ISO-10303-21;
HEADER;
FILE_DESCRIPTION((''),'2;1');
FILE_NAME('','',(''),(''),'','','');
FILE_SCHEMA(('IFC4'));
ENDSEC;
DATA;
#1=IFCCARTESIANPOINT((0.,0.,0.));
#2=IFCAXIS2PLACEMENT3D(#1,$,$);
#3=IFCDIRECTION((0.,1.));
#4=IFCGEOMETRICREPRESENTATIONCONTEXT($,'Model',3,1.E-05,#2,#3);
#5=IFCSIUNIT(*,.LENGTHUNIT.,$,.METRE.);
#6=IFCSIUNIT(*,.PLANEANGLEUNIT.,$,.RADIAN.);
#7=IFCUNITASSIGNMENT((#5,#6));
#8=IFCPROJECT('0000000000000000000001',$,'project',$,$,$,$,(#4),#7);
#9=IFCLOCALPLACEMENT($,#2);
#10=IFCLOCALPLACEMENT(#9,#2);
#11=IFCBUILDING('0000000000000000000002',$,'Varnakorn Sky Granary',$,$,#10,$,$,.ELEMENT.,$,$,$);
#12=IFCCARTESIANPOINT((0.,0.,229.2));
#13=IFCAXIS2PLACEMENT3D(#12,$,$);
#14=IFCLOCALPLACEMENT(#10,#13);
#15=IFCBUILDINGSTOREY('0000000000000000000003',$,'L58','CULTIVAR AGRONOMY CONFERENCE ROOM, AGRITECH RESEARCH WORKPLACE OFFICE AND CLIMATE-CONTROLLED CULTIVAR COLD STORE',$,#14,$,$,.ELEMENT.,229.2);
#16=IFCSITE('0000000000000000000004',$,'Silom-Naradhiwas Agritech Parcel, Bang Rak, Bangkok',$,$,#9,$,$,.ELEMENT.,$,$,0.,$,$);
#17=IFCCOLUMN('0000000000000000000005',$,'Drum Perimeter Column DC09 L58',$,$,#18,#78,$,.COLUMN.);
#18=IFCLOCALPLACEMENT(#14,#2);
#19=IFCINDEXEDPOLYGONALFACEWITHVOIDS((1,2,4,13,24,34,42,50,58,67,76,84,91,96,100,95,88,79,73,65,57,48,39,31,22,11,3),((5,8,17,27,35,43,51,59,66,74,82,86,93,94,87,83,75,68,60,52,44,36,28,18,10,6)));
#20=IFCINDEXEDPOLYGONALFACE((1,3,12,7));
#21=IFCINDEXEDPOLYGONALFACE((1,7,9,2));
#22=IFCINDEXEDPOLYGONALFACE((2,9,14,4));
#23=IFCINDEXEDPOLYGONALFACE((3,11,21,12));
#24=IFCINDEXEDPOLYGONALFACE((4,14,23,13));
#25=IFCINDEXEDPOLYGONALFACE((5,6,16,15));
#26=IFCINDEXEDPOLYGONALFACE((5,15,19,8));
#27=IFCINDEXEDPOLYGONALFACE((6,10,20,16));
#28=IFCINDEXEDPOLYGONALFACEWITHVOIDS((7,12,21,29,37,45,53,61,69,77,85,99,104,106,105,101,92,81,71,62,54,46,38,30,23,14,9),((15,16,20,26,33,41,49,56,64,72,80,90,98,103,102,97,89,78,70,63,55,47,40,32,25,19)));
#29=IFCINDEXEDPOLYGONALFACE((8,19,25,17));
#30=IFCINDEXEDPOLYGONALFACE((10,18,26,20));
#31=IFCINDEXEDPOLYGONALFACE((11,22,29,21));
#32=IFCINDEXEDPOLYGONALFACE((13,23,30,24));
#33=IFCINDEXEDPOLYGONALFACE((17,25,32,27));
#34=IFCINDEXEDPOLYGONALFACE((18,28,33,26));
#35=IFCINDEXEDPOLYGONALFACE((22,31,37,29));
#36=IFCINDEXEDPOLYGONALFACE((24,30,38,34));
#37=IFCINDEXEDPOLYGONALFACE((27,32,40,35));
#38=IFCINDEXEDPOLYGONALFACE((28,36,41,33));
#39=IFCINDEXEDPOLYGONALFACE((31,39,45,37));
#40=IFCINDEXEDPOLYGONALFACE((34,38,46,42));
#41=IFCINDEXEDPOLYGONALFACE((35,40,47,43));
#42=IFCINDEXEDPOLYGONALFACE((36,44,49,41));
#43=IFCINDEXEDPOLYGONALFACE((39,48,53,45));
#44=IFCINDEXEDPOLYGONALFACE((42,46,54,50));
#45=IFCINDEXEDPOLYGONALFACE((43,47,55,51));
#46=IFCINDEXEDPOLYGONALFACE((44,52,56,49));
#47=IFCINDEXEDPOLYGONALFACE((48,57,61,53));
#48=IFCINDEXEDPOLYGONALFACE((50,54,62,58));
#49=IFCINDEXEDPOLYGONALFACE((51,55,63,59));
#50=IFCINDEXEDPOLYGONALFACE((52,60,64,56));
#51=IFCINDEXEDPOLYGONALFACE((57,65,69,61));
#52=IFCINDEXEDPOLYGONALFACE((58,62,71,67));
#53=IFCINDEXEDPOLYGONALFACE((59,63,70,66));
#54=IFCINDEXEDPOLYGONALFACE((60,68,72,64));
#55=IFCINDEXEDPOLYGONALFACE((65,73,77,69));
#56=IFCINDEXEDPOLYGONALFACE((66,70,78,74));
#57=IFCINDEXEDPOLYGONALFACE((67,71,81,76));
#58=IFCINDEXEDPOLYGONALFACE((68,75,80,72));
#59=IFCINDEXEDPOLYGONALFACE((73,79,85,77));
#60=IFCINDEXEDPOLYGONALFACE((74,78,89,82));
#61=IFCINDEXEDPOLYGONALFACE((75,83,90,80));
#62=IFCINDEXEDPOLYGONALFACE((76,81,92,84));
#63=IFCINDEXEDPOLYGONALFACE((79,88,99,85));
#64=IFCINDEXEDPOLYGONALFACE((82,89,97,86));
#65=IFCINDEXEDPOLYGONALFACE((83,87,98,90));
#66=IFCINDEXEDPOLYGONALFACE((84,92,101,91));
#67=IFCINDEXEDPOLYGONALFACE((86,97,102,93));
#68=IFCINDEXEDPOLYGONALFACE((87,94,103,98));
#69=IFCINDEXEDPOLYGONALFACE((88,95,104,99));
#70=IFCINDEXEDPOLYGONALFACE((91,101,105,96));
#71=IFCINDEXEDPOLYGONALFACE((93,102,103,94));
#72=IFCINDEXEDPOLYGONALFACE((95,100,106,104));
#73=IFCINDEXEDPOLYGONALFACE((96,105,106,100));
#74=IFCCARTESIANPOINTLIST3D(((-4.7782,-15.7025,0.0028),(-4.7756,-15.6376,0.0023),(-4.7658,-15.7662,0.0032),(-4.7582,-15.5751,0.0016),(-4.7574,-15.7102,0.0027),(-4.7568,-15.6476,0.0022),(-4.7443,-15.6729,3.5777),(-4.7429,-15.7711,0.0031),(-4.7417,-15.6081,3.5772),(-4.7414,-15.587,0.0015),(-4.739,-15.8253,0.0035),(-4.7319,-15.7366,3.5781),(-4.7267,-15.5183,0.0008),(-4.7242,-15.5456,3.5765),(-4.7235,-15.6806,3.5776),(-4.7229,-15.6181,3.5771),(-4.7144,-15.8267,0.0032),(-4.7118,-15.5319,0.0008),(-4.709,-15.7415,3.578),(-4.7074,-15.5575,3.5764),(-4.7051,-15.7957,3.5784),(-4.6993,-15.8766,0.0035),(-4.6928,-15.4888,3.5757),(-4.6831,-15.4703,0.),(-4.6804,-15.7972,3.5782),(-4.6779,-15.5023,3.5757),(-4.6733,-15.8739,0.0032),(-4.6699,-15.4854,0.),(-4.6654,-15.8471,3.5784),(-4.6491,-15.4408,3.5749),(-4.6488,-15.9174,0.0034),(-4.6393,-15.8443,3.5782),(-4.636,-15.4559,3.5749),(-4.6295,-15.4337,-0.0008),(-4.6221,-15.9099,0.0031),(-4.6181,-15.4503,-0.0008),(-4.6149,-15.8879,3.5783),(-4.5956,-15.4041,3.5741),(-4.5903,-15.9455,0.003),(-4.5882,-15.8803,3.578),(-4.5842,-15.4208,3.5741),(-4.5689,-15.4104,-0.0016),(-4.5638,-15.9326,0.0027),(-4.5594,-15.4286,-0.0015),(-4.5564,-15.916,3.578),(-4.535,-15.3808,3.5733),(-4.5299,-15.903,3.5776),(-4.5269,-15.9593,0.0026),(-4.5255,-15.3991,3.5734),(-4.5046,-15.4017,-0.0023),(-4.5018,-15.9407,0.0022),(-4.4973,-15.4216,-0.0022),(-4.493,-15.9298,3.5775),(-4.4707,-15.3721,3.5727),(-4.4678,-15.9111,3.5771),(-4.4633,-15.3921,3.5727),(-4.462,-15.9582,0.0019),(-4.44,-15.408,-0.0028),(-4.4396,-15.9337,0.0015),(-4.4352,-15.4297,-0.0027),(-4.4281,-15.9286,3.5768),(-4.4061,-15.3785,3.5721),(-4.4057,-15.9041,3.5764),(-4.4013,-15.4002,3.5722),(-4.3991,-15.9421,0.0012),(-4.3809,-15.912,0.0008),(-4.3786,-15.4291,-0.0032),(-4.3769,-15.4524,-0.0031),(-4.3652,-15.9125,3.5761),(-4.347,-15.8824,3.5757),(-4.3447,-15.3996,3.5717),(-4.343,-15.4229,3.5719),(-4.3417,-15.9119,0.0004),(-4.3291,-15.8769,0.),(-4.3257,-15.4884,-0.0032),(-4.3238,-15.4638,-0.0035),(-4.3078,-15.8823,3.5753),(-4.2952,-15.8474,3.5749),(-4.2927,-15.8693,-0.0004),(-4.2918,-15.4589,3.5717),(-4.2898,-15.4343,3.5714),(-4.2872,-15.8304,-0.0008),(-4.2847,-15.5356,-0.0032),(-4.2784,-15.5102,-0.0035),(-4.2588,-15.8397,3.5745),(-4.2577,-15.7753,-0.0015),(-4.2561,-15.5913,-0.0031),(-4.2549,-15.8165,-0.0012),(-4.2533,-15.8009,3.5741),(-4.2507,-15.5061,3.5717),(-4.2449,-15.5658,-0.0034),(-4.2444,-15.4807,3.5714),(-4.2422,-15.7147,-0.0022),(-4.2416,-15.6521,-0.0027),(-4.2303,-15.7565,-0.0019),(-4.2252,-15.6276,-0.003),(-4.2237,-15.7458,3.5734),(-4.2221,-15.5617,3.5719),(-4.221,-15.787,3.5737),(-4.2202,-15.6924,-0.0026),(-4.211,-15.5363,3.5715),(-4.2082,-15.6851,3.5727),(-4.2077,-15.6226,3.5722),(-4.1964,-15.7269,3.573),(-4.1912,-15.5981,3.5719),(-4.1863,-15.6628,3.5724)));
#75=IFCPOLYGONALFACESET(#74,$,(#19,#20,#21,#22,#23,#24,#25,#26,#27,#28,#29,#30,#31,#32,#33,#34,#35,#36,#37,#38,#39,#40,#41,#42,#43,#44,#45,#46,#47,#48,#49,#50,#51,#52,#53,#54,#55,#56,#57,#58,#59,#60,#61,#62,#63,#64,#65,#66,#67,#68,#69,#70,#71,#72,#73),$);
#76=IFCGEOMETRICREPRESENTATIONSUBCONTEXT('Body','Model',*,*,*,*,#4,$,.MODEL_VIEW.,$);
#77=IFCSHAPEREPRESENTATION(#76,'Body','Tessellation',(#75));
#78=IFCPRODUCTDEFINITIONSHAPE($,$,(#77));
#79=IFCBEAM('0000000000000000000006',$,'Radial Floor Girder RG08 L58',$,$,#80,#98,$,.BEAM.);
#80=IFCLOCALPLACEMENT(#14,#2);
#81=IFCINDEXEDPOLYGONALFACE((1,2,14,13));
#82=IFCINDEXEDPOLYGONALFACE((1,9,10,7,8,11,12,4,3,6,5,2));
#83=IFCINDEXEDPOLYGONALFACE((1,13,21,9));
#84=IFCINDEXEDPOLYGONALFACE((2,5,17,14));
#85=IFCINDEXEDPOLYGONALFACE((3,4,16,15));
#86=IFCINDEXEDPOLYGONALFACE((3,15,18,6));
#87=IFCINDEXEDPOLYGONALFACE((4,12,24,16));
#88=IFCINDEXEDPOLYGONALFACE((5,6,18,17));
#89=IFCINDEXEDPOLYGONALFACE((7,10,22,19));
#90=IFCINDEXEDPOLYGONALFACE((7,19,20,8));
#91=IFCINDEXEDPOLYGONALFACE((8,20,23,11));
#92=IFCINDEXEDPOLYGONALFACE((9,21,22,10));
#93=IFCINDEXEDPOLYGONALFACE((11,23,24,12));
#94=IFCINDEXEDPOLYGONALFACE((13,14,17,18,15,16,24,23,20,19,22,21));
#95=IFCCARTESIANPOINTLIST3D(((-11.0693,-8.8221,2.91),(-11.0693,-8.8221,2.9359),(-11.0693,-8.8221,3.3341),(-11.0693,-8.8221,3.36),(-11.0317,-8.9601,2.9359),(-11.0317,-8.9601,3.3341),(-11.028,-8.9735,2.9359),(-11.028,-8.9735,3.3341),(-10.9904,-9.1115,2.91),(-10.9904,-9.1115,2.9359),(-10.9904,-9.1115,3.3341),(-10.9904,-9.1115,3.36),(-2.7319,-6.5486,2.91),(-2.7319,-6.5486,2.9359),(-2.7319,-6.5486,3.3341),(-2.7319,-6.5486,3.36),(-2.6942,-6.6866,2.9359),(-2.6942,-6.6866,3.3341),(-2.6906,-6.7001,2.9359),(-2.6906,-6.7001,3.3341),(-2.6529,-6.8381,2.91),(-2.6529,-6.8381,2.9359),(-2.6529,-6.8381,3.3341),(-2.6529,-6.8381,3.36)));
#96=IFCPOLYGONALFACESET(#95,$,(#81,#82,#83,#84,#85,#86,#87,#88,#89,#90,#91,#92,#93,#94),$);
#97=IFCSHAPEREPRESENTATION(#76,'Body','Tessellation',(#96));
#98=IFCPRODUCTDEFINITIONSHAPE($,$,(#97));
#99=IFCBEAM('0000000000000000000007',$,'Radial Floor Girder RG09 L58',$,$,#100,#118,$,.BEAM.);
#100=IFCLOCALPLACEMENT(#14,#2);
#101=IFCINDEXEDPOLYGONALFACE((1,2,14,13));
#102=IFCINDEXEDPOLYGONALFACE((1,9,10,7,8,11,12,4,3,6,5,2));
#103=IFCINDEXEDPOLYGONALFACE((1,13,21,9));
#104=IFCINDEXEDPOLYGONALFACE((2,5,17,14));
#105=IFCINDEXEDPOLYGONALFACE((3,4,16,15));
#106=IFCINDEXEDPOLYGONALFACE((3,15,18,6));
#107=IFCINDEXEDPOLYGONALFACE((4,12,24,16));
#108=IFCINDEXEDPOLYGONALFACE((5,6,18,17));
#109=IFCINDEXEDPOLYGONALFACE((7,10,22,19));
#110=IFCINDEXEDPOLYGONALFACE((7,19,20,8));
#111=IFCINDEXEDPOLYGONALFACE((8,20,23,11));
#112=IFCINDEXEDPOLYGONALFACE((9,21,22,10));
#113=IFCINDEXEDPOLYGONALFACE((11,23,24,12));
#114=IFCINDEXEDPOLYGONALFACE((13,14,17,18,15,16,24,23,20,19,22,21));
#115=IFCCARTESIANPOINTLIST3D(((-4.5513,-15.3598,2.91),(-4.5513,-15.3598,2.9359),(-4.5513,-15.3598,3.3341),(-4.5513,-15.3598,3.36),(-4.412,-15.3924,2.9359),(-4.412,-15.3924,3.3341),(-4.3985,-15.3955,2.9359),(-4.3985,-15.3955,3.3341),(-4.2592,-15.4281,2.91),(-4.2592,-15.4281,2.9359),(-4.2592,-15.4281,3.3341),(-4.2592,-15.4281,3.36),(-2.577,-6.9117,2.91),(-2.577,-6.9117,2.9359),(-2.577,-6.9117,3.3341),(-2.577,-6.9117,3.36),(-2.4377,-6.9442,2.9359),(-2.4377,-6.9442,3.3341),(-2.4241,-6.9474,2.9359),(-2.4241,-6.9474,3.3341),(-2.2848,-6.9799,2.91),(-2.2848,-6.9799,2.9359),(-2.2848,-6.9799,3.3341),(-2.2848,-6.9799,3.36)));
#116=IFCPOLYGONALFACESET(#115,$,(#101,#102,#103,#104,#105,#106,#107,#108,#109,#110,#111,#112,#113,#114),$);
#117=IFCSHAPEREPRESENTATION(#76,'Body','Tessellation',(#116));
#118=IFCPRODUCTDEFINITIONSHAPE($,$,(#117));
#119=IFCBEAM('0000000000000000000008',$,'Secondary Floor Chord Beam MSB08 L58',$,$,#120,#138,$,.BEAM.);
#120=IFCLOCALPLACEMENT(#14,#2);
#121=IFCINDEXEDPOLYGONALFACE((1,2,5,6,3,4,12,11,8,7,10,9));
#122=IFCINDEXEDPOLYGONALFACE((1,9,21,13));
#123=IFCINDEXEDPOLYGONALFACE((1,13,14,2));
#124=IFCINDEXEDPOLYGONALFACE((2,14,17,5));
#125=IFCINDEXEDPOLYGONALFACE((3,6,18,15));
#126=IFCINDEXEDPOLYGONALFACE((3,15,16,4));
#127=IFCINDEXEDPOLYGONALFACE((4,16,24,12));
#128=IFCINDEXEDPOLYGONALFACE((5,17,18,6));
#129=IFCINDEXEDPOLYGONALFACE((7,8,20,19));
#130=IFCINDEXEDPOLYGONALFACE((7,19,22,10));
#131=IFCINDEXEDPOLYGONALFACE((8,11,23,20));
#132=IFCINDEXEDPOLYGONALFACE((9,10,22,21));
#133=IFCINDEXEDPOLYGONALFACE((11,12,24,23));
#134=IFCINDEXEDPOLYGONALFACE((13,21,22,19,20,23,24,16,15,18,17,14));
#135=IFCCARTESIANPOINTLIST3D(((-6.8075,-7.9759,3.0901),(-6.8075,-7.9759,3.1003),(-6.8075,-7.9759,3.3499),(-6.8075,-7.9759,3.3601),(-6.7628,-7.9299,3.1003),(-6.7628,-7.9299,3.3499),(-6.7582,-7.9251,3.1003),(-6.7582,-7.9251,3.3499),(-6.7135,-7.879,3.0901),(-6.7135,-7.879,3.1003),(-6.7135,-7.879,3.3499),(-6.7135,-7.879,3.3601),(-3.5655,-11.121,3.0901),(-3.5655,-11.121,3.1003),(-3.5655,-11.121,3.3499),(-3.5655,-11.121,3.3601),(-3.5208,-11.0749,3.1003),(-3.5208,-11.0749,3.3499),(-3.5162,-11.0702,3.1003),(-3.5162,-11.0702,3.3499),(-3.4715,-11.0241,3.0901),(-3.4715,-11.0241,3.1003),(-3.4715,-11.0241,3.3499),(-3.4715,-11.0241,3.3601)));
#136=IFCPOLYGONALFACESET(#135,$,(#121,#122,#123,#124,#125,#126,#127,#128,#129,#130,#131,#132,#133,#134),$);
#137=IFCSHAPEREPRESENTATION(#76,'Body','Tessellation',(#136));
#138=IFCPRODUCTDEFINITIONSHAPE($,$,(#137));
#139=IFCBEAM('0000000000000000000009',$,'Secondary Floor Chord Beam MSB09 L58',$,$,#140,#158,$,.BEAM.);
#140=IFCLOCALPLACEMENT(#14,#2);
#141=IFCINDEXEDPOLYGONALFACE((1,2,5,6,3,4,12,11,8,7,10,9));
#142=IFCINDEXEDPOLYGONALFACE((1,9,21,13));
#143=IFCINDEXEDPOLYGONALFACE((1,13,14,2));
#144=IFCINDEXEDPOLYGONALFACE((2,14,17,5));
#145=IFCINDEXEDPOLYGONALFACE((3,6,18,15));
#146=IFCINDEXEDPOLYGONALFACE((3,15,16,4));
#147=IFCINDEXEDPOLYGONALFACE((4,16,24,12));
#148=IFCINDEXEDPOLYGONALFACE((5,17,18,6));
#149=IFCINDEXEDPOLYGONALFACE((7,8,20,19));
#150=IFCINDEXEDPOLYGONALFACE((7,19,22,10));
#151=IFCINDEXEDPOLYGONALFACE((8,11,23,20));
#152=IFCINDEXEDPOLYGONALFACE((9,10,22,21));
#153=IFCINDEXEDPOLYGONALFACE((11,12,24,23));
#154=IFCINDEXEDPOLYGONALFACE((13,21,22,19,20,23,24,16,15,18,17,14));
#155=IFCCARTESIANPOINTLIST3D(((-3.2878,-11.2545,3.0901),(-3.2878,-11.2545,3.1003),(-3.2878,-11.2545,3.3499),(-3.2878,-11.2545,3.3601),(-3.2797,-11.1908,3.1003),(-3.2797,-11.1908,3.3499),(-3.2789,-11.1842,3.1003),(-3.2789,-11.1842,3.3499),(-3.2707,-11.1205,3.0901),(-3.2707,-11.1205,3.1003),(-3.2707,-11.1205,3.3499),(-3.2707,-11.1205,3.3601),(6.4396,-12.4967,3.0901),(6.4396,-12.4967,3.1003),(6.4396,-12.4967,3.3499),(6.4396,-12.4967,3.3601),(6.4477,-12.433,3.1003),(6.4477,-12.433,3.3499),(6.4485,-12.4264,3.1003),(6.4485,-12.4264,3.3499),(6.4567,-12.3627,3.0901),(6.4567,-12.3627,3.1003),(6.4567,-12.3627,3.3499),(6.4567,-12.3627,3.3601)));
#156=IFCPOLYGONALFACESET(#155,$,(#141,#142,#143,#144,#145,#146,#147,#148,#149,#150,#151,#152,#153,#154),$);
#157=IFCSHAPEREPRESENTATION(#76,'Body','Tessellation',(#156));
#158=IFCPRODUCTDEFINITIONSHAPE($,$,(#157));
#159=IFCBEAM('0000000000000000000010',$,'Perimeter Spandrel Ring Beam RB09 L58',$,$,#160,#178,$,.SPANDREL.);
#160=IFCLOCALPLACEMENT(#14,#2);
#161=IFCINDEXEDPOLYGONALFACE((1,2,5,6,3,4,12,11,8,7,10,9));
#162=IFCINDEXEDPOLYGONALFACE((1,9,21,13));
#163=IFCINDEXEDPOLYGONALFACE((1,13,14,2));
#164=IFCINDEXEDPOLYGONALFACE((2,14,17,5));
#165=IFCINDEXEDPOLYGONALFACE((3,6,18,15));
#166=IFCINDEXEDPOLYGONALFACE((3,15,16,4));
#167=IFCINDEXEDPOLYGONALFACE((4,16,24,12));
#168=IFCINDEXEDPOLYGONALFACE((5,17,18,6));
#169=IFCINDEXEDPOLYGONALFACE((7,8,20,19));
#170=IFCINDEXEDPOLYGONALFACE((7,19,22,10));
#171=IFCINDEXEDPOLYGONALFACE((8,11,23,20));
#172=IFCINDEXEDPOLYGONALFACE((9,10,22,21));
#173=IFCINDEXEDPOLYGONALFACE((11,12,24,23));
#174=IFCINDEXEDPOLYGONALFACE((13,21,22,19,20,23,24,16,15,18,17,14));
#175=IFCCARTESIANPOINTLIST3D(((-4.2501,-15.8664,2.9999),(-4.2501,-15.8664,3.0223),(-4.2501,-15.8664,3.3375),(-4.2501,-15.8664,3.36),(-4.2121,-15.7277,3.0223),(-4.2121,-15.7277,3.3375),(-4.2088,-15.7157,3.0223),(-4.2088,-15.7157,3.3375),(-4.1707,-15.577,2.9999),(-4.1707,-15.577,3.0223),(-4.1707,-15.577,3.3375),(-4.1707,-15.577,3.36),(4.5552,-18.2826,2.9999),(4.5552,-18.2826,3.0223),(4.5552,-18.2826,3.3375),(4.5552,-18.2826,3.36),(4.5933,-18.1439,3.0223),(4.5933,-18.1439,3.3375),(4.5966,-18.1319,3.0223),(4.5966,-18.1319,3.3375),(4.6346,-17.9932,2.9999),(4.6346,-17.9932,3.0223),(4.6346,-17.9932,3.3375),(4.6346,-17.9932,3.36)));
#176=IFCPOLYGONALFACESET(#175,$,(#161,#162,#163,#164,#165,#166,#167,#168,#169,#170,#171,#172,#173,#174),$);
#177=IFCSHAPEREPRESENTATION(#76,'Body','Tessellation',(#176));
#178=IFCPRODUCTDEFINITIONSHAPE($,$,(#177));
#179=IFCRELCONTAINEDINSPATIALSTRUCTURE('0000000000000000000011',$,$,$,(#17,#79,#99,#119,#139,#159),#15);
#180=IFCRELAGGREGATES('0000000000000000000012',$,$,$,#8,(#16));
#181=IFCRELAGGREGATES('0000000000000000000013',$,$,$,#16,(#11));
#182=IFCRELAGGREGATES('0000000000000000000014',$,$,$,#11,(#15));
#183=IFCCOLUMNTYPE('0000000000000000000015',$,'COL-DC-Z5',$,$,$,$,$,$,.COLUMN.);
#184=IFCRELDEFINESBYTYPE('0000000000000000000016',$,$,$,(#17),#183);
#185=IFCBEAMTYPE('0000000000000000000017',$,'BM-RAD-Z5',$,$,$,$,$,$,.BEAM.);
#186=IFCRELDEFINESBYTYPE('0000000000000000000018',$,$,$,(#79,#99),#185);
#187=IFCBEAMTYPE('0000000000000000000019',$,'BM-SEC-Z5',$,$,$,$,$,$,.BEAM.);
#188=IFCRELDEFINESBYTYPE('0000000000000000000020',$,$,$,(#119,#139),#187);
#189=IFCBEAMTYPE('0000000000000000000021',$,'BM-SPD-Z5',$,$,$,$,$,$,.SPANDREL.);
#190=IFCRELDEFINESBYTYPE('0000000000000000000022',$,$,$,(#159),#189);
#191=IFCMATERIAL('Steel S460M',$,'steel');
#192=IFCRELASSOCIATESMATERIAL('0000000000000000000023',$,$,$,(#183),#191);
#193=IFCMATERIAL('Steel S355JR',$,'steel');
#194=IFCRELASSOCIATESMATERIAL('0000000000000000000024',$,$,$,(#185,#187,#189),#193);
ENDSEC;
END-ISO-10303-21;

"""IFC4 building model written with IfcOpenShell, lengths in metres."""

from ifc_helpers import new_model, si_unit, direction, frame, origin, origin_2d, place, context, subcontext, project, spatial, hollow_circle, i_section, extrude, material, material_profile, profile_set, type_object, element, save


model = new_model("IFC4")

# Units and contexts
model_context = context("Model", 3, precision=1e-05, world=origin(), true_north=direction((0.0, 1.0)))
body_context = subcontext(model_context, "Body", "Model", "MODEL_VIEW")
ifc_project = project(units=[si_unit("LENGTHUNIT", "METRE"), si_unit("PLANEANGLEUNIT", "RADIAN")], contexts=[model_context])

# Site, building, storey
site_placement = place(None, origin())
site = spatial("IfcSite", under=ifc_project, at=site_placement, Name="Silom-Naradhiwas Agritech Parcel, Bang Rak, Bangkok", CompositionType="ELEMENT", RefElevation=0.0)
building_placement = place(site_placement, origin())
building = spatial("IfcBuilding", under=site, at=building_placement, Name="Varnakorn Sky Granary", CompositionType="ELEMENT")
storey_placement = place(building_placement, frame((0.0, 0.0, 229.2)))
storey = spatial("IfcBuildingStorey", under=building, at=storey_placement, Name="L58", Description="CULTIVAR AGRONOMY CONFERENCE ROOM, AGRITECH RESEARCH WORKPLACE OFFICE AND CLIMATE-CONTROLLED CULTIVAR COLD STORE", CompositionType="ELEMENT", Elevation=229.2)

# Column
ifc_material_1 = material(Name="Steel S460M", Category="steel")
ifc_material_profile_1 = material_profile(ifc_material_1, hollow_circle(Radius=0.2795, WallThickness=0.02, at=origin_2d()), Name="CHS 559x20")
ifc_profile_set_1 = profile_set([ifc_material_profile_1], Name="Steel S460M")
column_type = type_object("IfcColumnType", Name="COL-DC-Z5", PredefinedType="COLUMN", material=ifc_profile_set_1)
column_placement = place(storey_placement, frame((-4.4995, -15.6812, 0.0), z_axis=(0.009492, 0.008263, 0.999921), x_axis=(-0.656582, 0.754255, 0.0)))
element("IfcColumn", 1, at=column_placement, inside=storey, type_object=column_type, Name="Drum Perimeter Column DC09 L58", PredefinedType="COLUMN", context=body_context, shape_type="SweptSolid", body=[
    extrude(hollow_circle(Radius=0.2795, WallThickness=0.02, at=origin_2d()), origin(), (0.0, 0.0, 1.0), 3.5752),
])

# Beams
ifc_material_2 = material(Name="Steel S355JR", Category="steel")
ifc_material_profile_2 = material_profile(ifc_material_2, i_section(OverallWidth=0.3, OverallDepth=0.45, WebThickness=0.0139, FlangeThickness=0.0259, at=origin_2d()), Name="HE 450 B")
ifc_profile_set_2 = profile_set([ifc_material_profile_2], Name="Steel S355JR")
beam_type_1 = type_object("IfcBeamType", Name="BM-RAD-Z5", PredefinedType="BEAM", material=ifc_profile_set_2)
beam_1_placement = place(storey_placement, frame((-2.6924, -6.6934, 3.135), z_axis=(-0.964776, -0.263074, 0.0), x_axis=(0.263074, -0.964776, 0.0)))
element("IfcBeam", 2, at=beam_1_placement, inside=storey, type_object=beam_type_1, Name="Radial Floor Girder RG08 L58", PredefinedType="BEAM", context=body_context, shape_type="SweptSolid", body=[
    extrude(i_section(OverallWidth=0.3, OverallDepth=0.45, WebThickness=0.0139, FlangeThickness=0.0259, at=origin_2d()), origin(), (0.0, 0.0, 1.0), 8.6418),
])
beam_2_placement = place(storey_placement, frame((-2.4309, -6.9458, 3.135), z_axis=(-0.227569, -0.973762, 0.0), x_axis=(0.973762, -0.227569, 0.0)))
element("IfcBeam", 3, at=beam_2_placement, inside=storey, type_object=beam_type_1, Name="Radial Floor Girder RG09 L58", PredefinedType="BEAM", context=body_context, shape_type="SweptSolid", body=[
    extrude(i_section(OverallWidth=0.3, OverallDepth=0.45, WebThickness=0.0139, FlangeThickness=0.0259, at=origin_2d()), origin(), (0.0, 0.0, 1.0), 8.6758),
])
ifc_material_profile_3 = material_profile(ifc_material_2, i_section(OverallWidth=0.135, OverallDepth=0.27, WebThickness=0.0066, FlangeThickness=0.0103, at=origin_2d()), Name="IPE 270")
ifc_profile_set_3 = profile_set([ifc_material_profile_3], Name="Steel S355JR")
beam_type_2 = type_object("IfcBeamType", Name="BM-SEC-Z5", PredefinedType="BEAM", material=ifc_profile_set_3)
beam_3_placement = place(storey_placement, frame((-6.7605, -7.9275, 3.2251), z_axis=(0.717755, -0.696296, 0.0), x_axis=(0.696296, 0.717755, 0.0)))
element("IfcBeam", 4, at=beam_3_placement, inside=storey, type_object=beam_type_2, Name="Secondary Floor Chord Beam MSB08 L58", PredefinedType="BEAM", context=body_context, shape_type="SweptSolid", body=[
    extrude(i_section(OverallWidth=0.135, OverallDepth=0.27, WebThickness=0.0066, FlangeThickness=0.0103, at=origin_2d()), origin(), (0.0, 0.0, 1.0), 4.5168),
])
beam_4_placement = place(storey_placement, frame((-3.2793, -11.1875, 3.2251), z_axis=(0.991945, -0.126673, 0.0), x_axis=(0.126673, 0.991945, 0.0)))
element("IfcBeam", 5, at=beam_4_placement, inside=storey, type_object=beam_type_2, Name="Secondary Floor Chord Beam MSB09 L58", PredefinedType="BEAM", context=body_context, shape_type="SweptSolid", body=[
    extrude(i_section(OverallWidth=0.135, OverallDepth=0.27, WebThickness=0.0066, FlangeThickness=0.0103, at=origin_2d()), origin(), (0.0, 0.0, 1.0), 9.8064),
])
ifc_material_profile_4 = material_profile(ifc_material_2, i_section(OverallWidth=0.3, OverallDepth=0.3601, WebThickness=0.0125, FlangeThickness=0.0225, at=origin_2d()), Name="HE 360 B")
ifc_profile_set_4 = profile_set([ifc_material_profile_4], Name="Steel S355JR")
beam_type_3 = type_object("IfcBeamType", Name="BM-SPD-Z5", PredefinedType="SPANDREL", material=ifc_profile_set_4)
beam_5_placement = place(storey_placement, frame((-4.2104, -15.7217, 3.1799), z_axis=(0.964352, -0.264624, 0.0), x_axis=(0.264624, 0.964352, 0.0)))
element("IfcBeam", 6, at=beam_5_placement, inside=storey, type_object=beam_type_3, Name="Perimeter Spandrel Ring Beam RB09 L58", PredefinedType="SPANDREL", context=body_context, shape_type="SweptSolid", body=[
    extrude(i_section(OverallWidth=0.3, OverallDepth=0.3601, WebThickness=0.0125, FlangeThickness=0.0225, at=origin_2d()), origin(), (0.0, 0.0, 1.0), 9.1309),
])

save(model, "model.ifc")
